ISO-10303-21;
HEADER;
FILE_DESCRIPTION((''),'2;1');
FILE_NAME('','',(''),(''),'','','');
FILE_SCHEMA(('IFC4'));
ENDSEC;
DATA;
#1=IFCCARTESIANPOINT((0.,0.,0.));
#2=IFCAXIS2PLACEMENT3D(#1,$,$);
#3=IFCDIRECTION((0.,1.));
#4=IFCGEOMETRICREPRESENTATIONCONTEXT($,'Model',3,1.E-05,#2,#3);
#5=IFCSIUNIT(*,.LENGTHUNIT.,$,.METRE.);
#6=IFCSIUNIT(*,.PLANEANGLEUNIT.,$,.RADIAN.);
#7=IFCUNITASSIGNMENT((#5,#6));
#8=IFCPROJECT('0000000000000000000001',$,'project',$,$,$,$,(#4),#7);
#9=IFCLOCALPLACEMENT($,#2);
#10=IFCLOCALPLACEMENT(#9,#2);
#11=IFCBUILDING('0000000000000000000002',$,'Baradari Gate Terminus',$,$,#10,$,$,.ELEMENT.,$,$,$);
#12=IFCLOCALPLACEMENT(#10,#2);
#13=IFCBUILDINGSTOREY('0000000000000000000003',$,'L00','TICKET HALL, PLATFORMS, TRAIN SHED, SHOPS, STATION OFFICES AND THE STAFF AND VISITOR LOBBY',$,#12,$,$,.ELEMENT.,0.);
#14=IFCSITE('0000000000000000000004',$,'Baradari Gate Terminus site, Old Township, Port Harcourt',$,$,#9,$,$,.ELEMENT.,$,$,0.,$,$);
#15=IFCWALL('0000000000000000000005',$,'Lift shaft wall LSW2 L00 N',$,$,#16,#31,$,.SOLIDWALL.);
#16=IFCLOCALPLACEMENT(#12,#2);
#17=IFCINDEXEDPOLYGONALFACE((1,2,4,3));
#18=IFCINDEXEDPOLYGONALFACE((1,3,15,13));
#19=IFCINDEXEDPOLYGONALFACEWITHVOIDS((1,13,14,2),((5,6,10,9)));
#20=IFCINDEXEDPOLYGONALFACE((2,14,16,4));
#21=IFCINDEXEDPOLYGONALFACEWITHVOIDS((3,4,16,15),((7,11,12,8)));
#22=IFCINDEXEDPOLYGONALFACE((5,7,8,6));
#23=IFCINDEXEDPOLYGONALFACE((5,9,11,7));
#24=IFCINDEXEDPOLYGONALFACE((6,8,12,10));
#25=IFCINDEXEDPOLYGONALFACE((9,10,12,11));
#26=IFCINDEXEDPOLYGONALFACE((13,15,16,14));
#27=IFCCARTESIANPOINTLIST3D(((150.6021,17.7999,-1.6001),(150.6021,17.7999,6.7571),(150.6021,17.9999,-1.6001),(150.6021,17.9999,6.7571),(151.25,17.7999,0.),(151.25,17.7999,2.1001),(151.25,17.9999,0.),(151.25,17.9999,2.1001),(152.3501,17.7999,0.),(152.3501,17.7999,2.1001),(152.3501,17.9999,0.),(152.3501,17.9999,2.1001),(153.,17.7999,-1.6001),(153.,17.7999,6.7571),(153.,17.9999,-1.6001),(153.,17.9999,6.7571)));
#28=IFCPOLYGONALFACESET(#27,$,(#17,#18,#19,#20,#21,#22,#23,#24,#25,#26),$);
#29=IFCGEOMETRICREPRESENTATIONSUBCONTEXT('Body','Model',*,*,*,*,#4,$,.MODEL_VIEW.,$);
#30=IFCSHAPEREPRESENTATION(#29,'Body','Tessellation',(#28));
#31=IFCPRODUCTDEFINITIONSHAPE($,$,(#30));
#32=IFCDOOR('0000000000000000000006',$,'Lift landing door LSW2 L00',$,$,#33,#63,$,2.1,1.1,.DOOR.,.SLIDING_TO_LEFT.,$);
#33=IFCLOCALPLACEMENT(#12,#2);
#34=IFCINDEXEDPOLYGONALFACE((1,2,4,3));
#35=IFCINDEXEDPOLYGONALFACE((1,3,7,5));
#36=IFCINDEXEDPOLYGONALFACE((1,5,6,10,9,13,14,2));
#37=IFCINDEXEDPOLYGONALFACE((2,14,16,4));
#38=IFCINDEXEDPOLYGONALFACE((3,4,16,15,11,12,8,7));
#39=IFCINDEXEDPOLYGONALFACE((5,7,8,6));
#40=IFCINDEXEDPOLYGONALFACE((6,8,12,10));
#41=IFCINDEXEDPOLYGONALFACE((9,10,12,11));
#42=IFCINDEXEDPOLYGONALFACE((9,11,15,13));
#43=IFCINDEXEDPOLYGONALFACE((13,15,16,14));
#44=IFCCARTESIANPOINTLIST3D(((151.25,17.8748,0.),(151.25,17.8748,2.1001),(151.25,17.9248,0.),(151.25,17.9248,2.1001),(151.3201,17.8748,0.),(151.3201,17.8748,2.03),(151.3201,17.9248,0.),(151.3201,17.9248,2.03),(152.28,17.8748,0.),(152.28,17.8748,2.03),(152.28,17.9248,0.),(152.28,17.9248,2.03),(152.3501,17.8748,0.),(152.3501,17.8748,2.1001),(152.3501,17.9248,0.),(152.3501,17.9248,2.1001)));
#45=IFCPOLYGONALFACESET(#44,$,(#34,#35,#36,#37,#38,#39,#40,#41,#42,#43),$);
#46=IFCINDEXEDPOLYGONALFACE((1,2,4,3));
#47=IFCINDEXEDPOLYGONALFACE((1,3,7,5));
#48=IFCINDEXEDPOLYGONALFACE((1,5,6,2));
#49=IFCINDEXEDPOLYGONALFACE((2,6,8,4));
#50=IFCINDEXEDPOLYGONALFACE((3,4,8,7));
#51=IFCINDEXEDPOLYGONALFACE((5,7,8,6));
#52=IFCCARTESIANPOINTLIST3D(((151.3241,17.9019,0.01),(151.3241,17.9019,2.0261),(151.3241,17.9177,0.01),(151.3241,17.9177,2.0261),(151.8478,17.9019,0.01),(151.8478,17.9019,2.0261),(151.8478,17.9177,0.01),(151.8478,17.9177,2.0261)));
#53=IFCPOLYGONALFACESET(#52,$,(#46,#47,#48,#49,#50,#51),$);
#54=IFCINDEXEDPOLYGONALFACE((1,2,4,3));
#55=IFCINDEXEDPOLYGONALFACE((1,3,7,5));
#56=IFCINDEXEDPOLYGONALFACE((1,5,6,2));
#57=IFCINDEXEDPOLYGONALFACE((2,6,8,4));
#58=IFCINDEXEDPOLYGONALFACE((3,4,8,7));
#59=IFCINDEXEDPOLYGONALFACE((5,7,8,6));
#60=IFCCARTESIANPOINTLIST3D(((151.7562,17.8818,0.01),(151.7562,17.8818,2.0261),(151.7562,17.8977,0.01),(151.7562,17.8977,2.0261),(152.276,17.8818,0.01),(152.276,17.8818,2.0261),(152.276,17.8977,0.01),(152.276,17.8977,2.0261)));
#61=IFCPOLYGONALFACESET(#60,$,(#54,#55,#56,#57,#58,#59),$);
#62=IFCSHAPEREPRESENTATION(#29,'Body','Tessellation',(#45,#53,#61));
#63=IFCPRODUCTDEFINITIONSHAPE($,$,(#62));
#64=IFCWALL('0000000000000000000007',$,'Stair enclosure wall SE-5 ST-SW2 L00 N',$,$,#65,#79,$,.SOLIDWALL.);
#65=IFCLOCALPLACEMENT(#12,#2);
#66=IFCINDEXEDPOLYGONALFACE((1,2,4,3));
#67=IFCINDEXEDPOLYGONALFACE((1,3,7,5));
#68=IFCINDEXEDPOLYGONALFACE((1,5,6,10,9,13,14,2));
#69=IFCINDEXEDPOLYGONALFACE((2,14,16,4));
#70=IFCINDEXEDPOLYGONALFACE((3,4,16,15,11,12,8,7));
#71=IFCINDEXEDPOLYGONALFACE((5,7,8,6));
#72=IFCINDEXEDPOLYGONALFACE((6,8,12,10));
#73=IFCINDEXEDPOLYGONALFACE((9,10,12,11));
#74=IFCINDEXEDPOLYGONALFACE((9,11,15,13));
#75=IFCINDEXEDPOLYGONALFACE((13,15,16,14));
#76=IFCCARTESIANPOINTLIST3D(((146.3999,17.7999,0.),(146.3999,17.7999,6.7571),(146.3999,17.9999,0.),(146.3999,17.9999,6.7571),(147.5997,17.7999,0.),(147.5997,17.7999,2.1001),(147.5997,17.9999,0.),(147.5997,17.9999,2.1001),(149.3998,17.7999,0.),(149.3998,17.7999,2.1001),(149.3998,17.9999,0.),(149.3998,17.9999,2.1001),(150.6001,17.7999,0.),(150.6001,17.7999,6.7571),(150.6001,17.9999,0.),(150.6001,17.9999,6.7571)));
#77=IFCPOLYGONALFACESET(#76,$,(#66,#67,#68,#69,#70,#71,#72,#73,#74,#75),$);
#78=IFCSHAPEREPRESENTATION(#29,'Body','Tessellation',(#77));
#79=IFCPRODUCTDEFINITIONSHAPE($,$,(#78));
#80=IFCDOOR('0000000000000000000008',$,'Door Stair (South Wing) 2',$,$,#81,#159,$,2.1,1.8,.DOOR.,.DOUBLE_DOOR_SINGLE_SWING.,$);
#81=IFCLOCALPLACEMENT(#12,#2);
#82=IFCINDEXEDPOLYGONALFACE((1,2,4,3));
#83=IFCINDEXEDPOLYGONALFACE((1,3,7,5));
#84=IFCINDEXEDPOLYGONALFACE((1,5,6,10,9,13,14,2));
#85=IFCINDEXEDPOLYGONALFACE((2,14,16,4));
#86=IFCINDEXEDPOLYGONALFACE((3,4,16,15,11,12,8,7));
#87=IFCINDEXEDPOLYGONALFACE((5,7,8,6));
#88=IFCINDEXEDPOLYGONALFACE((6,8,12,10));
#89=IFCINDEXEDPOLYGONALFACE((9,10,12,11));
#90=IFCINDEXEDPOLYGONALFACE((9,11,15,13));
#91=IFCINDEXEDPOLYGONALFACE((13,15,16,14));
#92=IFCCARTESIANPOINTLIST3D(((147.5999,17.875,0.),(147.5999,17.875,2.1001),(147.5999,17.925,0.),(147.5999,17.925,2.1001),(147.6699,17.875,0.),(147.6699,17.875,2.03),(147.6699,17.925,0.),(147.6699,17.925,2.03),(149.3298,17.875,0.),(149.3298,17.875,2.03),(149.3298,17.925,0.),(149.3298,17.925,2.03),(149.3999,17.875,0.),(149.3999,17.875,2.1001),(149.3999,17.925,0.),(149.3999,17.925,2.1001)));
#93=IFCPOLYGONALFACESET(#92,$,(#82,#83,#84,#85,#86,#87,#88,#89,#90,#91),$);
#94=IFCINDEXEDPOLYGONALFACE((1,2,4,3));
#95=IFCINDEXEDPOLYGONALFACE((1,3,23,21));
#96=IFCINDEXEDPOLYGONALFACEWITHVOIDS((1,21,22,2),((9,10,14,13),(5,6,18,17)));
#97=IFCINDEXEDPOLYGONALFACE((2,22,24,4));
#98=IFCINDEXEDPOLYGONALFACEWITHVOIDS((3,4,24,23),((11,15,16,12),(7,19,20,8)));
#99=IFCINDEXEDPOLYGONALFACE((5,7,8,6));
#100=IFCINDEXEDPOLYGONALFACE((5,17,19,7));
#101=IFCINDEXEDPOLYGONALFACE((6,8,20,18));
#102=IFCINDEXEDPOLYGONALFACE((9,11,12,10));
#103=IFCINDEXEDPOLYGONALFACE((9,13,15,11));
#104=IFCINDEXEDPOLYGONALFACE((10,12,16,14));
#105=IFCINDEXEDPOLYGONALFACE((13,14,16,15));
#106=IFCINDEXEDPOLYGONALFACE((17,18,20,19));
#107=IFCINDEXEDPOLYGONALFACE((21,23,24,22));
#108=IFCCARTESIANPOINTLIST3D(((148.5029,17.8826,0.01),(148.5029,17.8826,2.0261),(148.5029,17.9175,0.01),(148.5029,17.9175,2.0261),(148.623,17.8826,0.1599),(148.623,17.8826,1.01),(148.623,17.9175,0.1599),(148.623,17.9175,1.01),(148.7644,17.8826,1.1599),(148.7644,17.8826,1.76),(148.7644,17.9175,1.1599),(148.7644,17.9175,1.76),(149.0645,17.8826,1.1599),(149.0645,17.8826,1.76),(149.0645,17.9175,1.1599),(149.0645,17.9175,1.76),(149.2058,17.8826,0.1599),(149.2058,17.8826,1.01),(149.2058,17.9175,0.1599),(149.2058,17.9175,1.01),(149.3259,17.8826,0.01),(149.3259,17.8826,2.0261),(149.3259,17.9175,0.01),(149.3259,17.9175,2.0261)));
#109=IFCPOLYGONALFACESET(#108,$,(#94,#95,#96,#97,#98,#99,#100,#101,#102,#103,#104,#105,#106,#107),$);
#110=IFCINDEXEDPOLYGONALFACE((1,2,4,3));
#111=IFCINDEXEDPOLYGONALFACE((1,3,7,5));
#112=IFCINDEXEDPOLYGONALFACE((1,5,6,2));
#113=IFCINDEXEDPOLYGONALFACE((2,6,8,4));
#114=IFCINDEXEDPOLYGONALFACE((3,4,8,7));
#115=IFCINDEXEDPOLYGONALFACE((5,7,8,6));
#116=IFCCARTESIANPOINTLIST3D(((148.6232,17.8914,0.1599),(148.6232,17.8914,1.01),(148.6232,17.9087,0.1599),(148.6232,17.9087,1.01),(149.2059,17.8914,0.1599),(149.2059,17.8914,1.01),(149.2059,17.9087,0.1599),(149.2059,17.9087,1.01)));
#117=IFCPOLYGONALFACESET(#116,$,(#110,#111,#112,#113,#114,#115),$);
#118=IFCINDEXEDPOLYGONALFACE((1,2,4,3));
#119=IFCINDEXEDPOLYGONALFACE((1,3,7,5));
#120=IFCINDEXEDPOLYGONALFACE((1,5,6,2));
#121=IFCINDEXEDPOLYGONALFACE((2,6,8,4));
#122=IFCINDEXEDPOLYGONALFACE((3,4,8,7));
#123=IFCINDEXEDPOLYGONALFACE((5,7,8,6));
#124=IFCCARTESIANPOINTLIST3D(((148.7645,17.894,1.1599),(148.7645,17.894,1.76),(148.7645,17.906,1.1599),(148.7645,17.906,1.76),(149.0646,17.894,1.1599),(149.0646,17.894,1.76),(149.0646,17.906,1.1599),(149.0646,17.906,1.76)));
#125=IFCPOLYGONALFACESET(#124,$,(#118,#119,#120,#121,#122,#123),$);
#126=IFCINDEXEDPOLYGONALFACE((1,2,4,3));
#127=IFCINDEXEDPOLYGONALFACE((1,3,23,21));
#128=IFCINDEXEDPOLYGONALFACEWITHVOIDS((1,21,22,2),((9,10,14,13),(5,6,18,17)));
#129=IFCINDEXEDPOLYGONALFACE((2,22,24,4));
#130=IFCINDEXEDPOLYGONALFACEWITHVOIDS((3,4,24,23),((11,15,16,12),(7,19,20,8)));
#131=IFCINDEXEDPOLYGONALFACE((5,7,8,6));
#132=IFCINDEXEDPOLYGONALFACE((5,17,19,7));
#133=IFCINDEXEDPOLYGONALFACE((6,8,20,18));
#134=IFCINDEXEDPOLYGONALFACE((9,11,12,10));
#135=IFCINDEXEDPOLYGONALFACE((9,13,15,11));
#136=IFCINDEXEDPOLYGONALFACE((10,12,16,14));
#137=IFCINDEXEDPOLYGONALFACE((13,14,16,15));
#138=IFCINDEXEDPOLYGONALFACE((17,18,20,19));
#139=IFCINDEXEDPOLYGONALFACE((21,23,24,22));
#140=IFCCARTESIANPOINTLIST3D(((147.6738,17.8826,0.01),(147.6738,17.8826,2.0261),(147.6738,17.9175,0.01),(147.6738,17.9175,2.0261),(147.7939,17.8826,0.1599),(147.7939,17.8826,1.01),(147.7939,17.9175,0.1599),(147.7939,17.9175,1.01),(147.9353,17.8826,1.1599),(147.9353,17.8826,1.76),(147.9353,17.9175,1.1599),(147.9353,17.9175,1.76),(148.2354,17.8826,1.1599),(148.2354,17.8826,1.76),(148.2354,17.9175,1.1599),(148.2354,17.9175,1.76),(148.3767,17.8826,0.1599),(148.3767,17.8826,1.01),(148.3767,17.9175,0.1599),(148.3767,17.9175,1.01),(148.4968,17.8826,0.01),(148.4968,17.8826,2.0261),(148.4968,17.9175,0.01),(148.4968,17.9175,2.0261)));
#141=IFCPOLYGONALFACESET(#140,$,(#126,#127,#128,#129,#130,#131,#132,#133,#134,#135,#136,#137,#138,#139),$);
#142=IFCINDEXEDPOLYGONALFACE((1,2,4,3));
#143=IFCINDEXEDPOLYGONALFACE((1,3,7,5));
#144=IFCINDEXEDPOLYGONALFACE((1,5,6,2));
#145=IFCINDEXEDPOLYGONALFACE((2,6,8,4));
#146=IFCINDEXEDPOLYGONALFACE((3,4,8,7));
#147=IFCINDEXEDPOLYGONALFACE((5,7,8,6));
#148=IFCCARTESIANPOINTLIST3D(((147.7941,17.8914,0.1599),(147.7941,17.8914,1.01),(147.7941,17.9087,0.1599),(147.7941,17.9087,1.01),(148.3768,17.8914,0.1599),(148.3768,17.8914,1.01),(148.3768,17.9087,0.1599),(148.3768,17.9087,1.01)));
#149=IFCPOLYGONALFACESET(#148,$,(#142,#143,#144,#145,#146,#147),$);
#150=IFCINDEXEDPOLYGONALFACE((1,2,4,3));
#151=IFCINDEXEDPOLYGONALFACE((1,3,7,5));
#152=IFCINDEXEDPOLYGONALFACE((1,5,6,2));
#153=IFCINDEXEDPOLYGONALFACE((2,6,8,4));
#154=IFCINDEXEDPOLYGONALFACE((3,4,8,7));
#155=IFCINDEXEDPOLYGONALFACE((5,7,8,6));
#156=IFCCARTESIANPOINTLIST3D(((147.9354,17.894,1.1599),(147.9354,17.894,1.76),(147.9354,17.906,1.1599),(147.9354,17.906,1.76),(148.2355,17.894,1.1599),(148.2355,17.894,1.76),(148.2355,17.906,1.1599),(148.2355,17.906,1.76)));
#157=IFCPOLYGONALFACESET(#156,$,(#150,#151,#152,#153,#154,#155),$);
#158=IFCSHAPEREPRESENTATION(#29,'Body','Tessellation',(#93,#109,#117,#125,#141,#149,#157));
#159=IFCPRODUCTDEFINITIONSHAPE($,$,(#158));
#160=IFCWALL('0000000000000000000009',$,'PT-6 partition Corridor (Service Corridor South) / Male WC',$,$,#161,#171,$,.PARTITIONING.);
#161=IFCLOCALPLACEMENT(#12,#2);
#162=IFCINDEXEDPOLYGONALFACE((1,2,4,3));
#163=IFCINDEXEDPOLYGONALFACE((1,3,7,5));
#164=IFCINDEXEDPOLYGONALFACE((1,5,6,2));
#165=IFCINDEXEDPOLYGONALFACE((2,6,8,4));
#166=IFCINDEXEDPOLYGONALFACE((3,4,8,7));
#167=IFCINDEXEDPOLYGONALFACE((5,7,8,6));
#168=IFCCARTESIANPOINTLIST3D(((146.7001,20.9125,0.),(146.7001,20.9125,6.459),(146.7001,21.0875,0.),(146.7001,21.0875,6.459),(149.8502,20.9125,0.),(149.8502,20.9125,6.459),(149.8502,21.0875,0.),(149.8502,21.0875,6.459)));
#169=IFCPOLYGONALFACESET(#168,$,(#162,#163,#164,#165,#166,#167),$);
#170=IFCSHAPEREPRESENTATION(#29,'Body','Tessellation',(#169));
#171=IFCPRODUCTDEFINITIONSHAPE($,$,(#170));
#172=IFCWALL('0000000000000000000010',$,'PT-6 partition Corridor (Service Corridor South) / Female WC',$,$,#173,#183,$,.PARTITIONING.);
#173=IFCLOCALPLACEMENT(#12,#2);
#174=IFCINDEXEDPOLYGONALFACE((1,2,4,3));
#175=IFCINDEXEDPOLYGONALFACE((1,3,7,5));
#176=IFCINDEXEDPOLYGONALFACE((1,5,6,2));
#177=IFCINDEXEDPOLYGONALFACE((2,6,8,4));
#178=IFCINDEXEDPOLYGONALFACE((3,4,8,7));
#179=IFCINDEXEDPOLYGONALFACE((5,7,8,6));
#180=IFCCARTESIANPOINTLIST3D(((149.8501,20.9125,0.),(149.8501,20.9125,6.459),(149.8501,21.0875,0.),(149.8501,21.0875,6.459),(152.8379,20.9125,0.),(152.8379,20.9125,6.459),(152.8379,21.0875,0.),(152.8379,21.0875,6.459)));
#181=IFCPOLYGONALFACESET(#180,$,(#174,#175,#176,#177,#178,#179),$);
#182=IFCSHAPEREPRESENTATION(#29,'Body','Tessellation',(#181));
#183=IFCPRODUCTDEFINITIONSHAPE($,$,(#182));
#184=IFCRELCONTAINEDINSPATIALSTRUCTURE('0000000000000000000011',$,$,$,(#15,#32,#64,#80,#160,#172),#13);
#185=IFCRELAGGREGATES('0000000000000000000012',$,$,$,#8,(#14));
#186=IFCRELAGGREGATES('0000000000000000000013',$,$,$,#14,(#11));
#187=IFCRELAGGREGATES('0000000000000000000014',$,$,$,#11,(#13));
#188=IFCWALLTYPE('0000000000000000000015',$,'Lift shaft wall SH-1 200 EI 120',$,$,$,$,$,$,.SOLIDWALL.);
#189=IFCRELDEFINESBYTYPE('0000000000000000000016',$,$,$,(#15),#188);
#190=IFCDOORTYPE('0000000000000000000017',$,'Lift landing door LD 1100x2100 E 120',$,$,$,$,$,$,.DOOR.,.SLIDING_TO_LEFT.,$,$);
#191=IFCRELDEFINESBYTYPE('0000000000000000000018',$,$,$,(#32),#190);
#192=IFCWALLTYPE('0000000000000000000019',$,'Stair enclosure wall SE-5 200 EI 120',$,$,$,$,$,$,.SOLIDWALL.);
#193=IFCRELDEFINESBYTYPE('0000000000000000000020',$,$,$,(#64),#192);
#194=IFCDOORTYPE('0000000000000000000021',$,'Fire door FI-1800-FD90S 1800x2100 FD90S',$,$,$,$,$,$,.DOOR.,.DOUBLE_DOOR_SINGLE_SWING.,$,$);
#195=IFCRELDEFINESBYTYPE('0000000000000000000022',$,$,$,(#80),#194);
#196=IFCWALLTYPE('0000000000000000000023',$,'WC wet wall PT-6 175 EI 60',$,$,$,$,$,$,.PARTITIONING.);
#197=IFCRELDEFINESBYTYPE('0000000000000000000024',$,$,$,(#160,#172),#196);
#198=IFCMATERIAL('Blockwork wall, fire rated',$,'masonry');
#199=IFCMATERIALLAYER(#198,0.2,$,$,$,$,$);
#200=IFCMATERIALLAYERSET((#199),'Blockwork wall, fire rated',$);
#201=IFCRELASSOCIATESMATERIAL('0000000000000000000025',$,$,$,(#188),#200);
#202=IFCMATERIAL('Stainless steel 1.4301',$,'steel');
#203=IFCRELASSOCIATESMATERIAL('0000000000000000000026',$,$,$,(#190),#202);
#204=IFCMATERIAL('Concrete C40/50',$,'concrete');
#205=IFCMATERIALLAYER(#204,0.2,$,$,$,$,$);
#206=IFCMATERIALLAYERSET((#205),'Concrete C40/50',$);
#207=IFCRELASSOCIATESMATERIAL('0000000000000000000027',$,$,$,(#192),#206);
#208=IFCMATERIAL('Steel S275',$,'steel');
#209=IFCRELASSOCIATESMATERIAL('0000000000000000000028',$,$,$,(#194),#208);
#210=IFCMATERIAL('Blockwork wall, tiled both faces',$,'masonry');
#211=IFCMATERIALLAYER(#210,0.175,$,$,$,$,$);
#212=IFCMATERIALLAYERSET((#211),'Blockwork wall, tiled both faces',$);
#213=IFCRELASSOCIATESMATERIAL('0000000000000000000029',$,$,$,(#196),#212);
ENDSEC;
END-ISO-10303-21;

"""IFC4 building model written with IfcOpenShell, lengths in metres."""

from ifc_helpers import new_model, si_unit, direction, frame, frame_2d, origin, place, context, subcontext, project, spatial, polyline, rectangle, outline, extrude, material, layer, layer_set, type_object, element, fill, save


model = new_model("IFC4")

# Units and contexts
model_context = context("Model", 3, precision=1e-05, world=origin(), true_north=direction((0.0, 1.0)))
body_context = subcontext(model_context, "Body", "Model", "MODEL_VIEW")
ifc_project = project(units=[si_unit("LENGTHUNIT", "METRE"), si_unit("PLANEANGLEUNIT", "RADIAN")], contexts=[model_context])

# Site, building, storey
site_placement = place(None, origin())
site = spatial("IfcSite", under=ifc_project, at=site_placement, Name="Baradari Gate Terminus site, Old Township, Port Harcourt", CompositionType="ELEMENT", RefElevation=0.0)
building_placement = place(site_placement, origin())
building = spatial("IfcBuilding", under=site, at=building_placement, Name="Baradari Gate Terminus", CompositionType="ELEMENT")
storey_placement = place(building_placement, origin())
storey = spatial("IfcBuildingStorey", under=building, at=storey_placement, Name="L00", Description="TICKET HALL, PLATFORMS, TRAIN SHED, SHOPS, STATION OFFICES AND THE STAFF AND VISITOR LOBBY", CompositionType="ELEMENT", Elevation=0.0)

# Wall, opening, door
ifc_material_1 = material(Name="Blockwork wall, fire rated", Category="masonry")
ifc_layer_1 = layer(ifc_material_1, 0.2)
ifc_layer_set_1 = layer_set([ifc_layer_1], Name="Blockwork wall, fire rated")
wall_type_1 = type_object("IfcWallType", Name="Lift shaft wall SH-1 200 EI 120", PredefinedType="SOLIDWALL", material=ifc_layer_set_1)
wall_1_placement = place(storey_placement, frame((150.6021, 17.8999, -1.6001), z_axis=(0.0, 0.0, 1.0), x_axis=(1.0, 0.0, 0.0)))
wall_1 = element("IfcWall", 1, at=wall_1_placement, inside=storey, type_object=wall_type_1, Name="Lift shaft wall LSW2 L00 N", PredefinedType="SOLIDWALL", context=body_context, shape_type="SweptSolid", body=[
    extrude(rectangle(XDim=2.3979, YDim=0.2, at=frame_2d((1.199, 0.0))), origin(), (0.0, 0.0, 1.0), 8.3572),
])
opening_1_placement = place(wall_1_placement, frame((0.6479, 0.0, 1.6001)))
opening_1 = element("IfcOpeningElement", 2, at=opening_1_placement, cuts=wall_1, PredefinedType="OPENING", context=body_context, shape_type="SweptSolid", body=[
    extrude(rectangle(XDim=1.1001, YDim=2.1001, at=frame_2d((0.55, 1.05))), frame((0.0, 0.1099, 0.0), z_axis=(0.0, -1.0, 0.0), x_axis=(1.0, 0.0, 0.0)), (0.0, 0.0, 1.0), 0.22),
])
ifc_material_2 = material(Name="Stainless steel 1.4301", Category="steel")
door_type_1 = type_object("IfcDoorType", Name="Lift landing door LD 1100x2100 E 120", OperationType="SLIDING_TO_LEFT", PredefinedType="DOOR", material=ifc_material_2)
door_1_placement = place(opening_1_placement, origin())
door_1 = element("IfcDoor", 3, at=door_1_placement, inside=storey, type_object=door_type_1, Name="Lift landing door LSW2 L00", OperationType="SLIDING_TO_LEFT", OverallHeight=2.1, OverallWidth=1.1, PredefinedType="DOOR", context=body_context, shape_type="SweptSolid", body=[
    extrude(outline(polyline([(0.0, 0.0), (0.0701, 0.0), (0.0701, 2.03), (1.03, 2.03), (1.03, 0.0), (1.1001, 0.0), (1.1001, 2.1001), (0.0, 2.1001), (0.0, 0.0)])), frame((0.0, 0.0249, 0.0), z_axis=(0.0, -1.0, 0.0), x_axis=(1.0, 0.0, 0.0)), (0.0, 0.0, 1.0), 0.05),
    extrude(rectangle(XDim=0.5237, YDim=2.0161, at=frame_2d((0.3359, 1.0181))), frame((0.0, 0.0178, 0.0), z_axis=(0.0, -1.0, 0.0), x_axis=(1.0, 0.0, 0.0)), (0.0, 0.0, 1.0), 0.0159),
    extrude(rectangle(XDim=0.5198, YDim=2.0161, at=frame_2d((0.7661, 1.0181))), frame((0.0, -0.0022, 0.0), z_axis=(0.0, -1.0, 0.0), x_axis=(1.0, 0.0, 0.0)), (0.0, 0.0, 1.0), 0.0159),
])
fill(opening_1, door_1)

# Wall, opening, door
ifc_material_3 = material(Name="Concrete C40/50", Category="concrete")
ifc_layer_2 = layer(ifc_material_3, 0.2)
ifc_layer_set_2 = layer_set([ifc_layer_2], Name="Concrete C40/50")
wall_type_2 = type_object("IfcWallType", Name="Stair enclosure wall SE-5 200 EI 120", PredefinedType="SOLIDWALL", material=ifc_layer_set_2)
wall_2_placement = place(storey_placement, frame((146.3999, 17.8999, 0.0), z_axis=(0.0, 0.0, 1.0), x_axis=(1.0, 0.0, 0.0)))
wall_2 = element("IfcWall", 4, at=wall_2_placement, inside=storey, type_object=wall_type_2, Name="Stair enclosure wall SE-5 ST-SW2 L00 N", PredefinedType="SOLIDWALL", context=body_context, shape_type="SweptSolid", body=[
    extrude(rectangle(XDim=4.2002, YDim=0.2, at=frame_2d((2.1001, 0.0))), origin(), (0.0, 0.0, 1.0), 6.7571),
])
opening_2_placement = place(wall_2_placement, frame((1.2, 0.0, 0.0)))
opening_2 = element("IfcOpeningElement", 5, at=opening_2_placement, cuts=wall_2, PredefinedType="OPENING", context=body_context, shape_type="SweptSolid", body=[
    extrude(rectangle(XDim=1.8, YDim=2.1001, at=frame_2d((0.8999, 1.05))), frame((0.0, 0.1099, 0.0), z_axis=(0.0, -1.0, 0.0), x_axis=(1.0, 0.0, 0.0)), (0.0, 0.0, 1.0), 0.22),
])
ifc_material_4 = material(Name="Steel S275", Category="steel")
door_type_2 = type_object("IfcDoorType", Name="Fire door FI-1800-FD90S 1800x2100 FD90S", OperationType="DOUBLE_DOOR_SINGLE_SWING", PredefinedType="DOOR", material=ifc_material_4)
door_2_placement = place(opening_2_placement, frame((1.8, 0.0, 0.0), z_axis=(0.0, 0.0, 1.0), x_axis=(-1.0, 0.0, 0.0)))
door_2 = element("IfcDoor", 6, at=door_2_placement, inside=storey, type_object=door_type_2, Name="Door Stair (South Wing) 2", OperationType="DOUBLE_DOOR_SINGLE_SWING", OverallHeight=2.1, OverallWidth=1.8, PredefinedType="DOOR", context=body_context, shape_type="SweptSolid", body=[
    extrude(outline(polyline([(0.0, 0.0), (0.0701, 0.0), (0.0701, 2.03), (1.73, 2.03), (1.73, 0.0), (1.8, 0.0), (1.8, 2.1001), (0.0, 2.1001), (0.0, 0.0)])), frame((0.0, 0.0249, 0.0), z_axis=(0.0, -1.0, 0.0), x_axis=(1.0, 0.0, 0.0)), (0.0, 0.0, 1.0), 0.05),
    extrude(outline(polyline([(0.074, 0.01), (0.897, 0.01), (0.897, 2.0261), (0.074, 2.0261), (0.074, 0.01)]), holes=[polyline([(0.1941, 0.1599), (0.7769, 0.1599), (0.7769, 1.01), (0.1941, 1.01), (0.1941, 0.1599)]), polyline([(0.3354, 1.1599), (0.6355, 1.1599), (0.6355, 1.76), (0.3354, 1.76), (0.3354, 1.1599)])]), frame((0.0, 0.0173, 0.0), z_axis=(0.0, -1.0, 0.0), x_axis=(1.0, 0.0, 0.0)), (0.0, 0.0, 1.0), 0.0349),
    extrude(rectangle(XDim=0.5828, YDim=0.8501, at=frame_2d((0.4854, 0.585))), frame((0.0, 0.0085, 0.0), z_axis=(0.0, -1.0, 0.0), x_axis=(1.0, 0.0, 0.0)), (0.0, 0.0, 1.0), 0.0173),
    extrude(rectangle(XDim=0.3, YDim=0.6001, at=frame_2d((0.4854, 1.46))), frame((0.0, 0.0059, 0.0), z_axis=(0.0, -1.0, 0.0), x_axis=(1.0, 0.0, 0.0)), (0.0, 0.0, 1.0), 0.012),
    extrude(outline(polyline([(0.9031, 0.01), (1.7261, 0.01), (1.7261, 2.0261), (0.9031, 2.0261), (0.9031, 0.01)]), holes=[polyline([(1.0232, 0.1599), (1.606, 0.1599), (1.606, 1.01), (1.0232, 1.01), (1.0232, 0.1599)]), polyline([(1.1646, 1.1599), (1.4646, 1.1599), (1.4646, 1.76), (1.1646, 1.76), (1.1646, 1.1599)])]), frame((0.0, 0.0173, 0.0), z_axis=(0.0, -1.0, 0.0), x_axis=(1.0, 0.0, 0.0)), (0.0, 0.0, 1.0), 0.0349),
    extrude(rectangle(XDim=0.5828, YDim=0.8501, at=frame_2d((1.3145, 0.585))), frame((0.0, 0.0085, 0.0), z_axis=(0.0, -1.0, 0.0), x_axis=(1.0, 0.0, 0.0)), (0.0, 0.0, 1.0), 0.0173),
    extrude(rectangle(XDim=0.3, YDim=0.6001, at=frame_2d((1.3145, 1.46))), frame((0.0, 0.0059, 0.0), z_axis=(0.0, -1.0, 0.0), x_axis=(1.0, 0.0, 0.0)), (0.0, 0.0, 1.0), 0.012),
])
fill(opening_2, door_2)

# Walls
ifc_material_5 = material(Name="Blockwork wall, tiled both faces", Category="masonry")
ifc_layer_3 = layer(ifc_material_5, 0.175)
ifc_layer_set_3 = layer_set([ifc_layer_3], Name="Blockwork wall, tiled both faces")
wall_type_3 = type_object("IfcWallType", Name="WC wet wall PT-6 175 EI 60", PredefinedType="PARTITIONING", material=ifc_layer_set_3)
wall_3_placement = place(storey_placement, frame((146.7, 21.0, 0.0), z_axis=(0.0, 0.0, 1.0), x_axis=(1.0, 0.0, 0.0)))
element("IfcWall", 7, at=wall_3_placement, inside=storey, type_object=wall_type_3, Name="PT-6 partition Corridor (Service Corridor South) / Male WC", PredefinedType="PARTITIONING", context=body_context, shape_type="SweptSolid", body=[
    extrude(rectangle(XDim=3.1501, YDim=0.175, at=frame_2d((1.5752, 0.0))), origin(), (0.0, 0.0, 1.0), 6.459),
])
wall_4_placement = place(storey_placement, frame((149.8501, 21.0, 0.0), z_axis=(0.0, 0.0, 1.0), x_axis=(1.0, 0.0, 0.0)))
element("IfcWall", 8, at=wall_4_placement, inside=storey, type_object=wall_type_3, Name="PT-6 partition Corridor (Service Corridor South) / Female WC", PredefinedType="PARTITIONING", context=body_context, shape_type="SweptSolid", body=[
    extrude(rectangle(XDim=2.9878, YDim=0.175, at=frame_2d((1.4939, 0.0))), origin(), (0.0, 0.0, 1.0), 6.459),
])

save(model, "model.ifc")
